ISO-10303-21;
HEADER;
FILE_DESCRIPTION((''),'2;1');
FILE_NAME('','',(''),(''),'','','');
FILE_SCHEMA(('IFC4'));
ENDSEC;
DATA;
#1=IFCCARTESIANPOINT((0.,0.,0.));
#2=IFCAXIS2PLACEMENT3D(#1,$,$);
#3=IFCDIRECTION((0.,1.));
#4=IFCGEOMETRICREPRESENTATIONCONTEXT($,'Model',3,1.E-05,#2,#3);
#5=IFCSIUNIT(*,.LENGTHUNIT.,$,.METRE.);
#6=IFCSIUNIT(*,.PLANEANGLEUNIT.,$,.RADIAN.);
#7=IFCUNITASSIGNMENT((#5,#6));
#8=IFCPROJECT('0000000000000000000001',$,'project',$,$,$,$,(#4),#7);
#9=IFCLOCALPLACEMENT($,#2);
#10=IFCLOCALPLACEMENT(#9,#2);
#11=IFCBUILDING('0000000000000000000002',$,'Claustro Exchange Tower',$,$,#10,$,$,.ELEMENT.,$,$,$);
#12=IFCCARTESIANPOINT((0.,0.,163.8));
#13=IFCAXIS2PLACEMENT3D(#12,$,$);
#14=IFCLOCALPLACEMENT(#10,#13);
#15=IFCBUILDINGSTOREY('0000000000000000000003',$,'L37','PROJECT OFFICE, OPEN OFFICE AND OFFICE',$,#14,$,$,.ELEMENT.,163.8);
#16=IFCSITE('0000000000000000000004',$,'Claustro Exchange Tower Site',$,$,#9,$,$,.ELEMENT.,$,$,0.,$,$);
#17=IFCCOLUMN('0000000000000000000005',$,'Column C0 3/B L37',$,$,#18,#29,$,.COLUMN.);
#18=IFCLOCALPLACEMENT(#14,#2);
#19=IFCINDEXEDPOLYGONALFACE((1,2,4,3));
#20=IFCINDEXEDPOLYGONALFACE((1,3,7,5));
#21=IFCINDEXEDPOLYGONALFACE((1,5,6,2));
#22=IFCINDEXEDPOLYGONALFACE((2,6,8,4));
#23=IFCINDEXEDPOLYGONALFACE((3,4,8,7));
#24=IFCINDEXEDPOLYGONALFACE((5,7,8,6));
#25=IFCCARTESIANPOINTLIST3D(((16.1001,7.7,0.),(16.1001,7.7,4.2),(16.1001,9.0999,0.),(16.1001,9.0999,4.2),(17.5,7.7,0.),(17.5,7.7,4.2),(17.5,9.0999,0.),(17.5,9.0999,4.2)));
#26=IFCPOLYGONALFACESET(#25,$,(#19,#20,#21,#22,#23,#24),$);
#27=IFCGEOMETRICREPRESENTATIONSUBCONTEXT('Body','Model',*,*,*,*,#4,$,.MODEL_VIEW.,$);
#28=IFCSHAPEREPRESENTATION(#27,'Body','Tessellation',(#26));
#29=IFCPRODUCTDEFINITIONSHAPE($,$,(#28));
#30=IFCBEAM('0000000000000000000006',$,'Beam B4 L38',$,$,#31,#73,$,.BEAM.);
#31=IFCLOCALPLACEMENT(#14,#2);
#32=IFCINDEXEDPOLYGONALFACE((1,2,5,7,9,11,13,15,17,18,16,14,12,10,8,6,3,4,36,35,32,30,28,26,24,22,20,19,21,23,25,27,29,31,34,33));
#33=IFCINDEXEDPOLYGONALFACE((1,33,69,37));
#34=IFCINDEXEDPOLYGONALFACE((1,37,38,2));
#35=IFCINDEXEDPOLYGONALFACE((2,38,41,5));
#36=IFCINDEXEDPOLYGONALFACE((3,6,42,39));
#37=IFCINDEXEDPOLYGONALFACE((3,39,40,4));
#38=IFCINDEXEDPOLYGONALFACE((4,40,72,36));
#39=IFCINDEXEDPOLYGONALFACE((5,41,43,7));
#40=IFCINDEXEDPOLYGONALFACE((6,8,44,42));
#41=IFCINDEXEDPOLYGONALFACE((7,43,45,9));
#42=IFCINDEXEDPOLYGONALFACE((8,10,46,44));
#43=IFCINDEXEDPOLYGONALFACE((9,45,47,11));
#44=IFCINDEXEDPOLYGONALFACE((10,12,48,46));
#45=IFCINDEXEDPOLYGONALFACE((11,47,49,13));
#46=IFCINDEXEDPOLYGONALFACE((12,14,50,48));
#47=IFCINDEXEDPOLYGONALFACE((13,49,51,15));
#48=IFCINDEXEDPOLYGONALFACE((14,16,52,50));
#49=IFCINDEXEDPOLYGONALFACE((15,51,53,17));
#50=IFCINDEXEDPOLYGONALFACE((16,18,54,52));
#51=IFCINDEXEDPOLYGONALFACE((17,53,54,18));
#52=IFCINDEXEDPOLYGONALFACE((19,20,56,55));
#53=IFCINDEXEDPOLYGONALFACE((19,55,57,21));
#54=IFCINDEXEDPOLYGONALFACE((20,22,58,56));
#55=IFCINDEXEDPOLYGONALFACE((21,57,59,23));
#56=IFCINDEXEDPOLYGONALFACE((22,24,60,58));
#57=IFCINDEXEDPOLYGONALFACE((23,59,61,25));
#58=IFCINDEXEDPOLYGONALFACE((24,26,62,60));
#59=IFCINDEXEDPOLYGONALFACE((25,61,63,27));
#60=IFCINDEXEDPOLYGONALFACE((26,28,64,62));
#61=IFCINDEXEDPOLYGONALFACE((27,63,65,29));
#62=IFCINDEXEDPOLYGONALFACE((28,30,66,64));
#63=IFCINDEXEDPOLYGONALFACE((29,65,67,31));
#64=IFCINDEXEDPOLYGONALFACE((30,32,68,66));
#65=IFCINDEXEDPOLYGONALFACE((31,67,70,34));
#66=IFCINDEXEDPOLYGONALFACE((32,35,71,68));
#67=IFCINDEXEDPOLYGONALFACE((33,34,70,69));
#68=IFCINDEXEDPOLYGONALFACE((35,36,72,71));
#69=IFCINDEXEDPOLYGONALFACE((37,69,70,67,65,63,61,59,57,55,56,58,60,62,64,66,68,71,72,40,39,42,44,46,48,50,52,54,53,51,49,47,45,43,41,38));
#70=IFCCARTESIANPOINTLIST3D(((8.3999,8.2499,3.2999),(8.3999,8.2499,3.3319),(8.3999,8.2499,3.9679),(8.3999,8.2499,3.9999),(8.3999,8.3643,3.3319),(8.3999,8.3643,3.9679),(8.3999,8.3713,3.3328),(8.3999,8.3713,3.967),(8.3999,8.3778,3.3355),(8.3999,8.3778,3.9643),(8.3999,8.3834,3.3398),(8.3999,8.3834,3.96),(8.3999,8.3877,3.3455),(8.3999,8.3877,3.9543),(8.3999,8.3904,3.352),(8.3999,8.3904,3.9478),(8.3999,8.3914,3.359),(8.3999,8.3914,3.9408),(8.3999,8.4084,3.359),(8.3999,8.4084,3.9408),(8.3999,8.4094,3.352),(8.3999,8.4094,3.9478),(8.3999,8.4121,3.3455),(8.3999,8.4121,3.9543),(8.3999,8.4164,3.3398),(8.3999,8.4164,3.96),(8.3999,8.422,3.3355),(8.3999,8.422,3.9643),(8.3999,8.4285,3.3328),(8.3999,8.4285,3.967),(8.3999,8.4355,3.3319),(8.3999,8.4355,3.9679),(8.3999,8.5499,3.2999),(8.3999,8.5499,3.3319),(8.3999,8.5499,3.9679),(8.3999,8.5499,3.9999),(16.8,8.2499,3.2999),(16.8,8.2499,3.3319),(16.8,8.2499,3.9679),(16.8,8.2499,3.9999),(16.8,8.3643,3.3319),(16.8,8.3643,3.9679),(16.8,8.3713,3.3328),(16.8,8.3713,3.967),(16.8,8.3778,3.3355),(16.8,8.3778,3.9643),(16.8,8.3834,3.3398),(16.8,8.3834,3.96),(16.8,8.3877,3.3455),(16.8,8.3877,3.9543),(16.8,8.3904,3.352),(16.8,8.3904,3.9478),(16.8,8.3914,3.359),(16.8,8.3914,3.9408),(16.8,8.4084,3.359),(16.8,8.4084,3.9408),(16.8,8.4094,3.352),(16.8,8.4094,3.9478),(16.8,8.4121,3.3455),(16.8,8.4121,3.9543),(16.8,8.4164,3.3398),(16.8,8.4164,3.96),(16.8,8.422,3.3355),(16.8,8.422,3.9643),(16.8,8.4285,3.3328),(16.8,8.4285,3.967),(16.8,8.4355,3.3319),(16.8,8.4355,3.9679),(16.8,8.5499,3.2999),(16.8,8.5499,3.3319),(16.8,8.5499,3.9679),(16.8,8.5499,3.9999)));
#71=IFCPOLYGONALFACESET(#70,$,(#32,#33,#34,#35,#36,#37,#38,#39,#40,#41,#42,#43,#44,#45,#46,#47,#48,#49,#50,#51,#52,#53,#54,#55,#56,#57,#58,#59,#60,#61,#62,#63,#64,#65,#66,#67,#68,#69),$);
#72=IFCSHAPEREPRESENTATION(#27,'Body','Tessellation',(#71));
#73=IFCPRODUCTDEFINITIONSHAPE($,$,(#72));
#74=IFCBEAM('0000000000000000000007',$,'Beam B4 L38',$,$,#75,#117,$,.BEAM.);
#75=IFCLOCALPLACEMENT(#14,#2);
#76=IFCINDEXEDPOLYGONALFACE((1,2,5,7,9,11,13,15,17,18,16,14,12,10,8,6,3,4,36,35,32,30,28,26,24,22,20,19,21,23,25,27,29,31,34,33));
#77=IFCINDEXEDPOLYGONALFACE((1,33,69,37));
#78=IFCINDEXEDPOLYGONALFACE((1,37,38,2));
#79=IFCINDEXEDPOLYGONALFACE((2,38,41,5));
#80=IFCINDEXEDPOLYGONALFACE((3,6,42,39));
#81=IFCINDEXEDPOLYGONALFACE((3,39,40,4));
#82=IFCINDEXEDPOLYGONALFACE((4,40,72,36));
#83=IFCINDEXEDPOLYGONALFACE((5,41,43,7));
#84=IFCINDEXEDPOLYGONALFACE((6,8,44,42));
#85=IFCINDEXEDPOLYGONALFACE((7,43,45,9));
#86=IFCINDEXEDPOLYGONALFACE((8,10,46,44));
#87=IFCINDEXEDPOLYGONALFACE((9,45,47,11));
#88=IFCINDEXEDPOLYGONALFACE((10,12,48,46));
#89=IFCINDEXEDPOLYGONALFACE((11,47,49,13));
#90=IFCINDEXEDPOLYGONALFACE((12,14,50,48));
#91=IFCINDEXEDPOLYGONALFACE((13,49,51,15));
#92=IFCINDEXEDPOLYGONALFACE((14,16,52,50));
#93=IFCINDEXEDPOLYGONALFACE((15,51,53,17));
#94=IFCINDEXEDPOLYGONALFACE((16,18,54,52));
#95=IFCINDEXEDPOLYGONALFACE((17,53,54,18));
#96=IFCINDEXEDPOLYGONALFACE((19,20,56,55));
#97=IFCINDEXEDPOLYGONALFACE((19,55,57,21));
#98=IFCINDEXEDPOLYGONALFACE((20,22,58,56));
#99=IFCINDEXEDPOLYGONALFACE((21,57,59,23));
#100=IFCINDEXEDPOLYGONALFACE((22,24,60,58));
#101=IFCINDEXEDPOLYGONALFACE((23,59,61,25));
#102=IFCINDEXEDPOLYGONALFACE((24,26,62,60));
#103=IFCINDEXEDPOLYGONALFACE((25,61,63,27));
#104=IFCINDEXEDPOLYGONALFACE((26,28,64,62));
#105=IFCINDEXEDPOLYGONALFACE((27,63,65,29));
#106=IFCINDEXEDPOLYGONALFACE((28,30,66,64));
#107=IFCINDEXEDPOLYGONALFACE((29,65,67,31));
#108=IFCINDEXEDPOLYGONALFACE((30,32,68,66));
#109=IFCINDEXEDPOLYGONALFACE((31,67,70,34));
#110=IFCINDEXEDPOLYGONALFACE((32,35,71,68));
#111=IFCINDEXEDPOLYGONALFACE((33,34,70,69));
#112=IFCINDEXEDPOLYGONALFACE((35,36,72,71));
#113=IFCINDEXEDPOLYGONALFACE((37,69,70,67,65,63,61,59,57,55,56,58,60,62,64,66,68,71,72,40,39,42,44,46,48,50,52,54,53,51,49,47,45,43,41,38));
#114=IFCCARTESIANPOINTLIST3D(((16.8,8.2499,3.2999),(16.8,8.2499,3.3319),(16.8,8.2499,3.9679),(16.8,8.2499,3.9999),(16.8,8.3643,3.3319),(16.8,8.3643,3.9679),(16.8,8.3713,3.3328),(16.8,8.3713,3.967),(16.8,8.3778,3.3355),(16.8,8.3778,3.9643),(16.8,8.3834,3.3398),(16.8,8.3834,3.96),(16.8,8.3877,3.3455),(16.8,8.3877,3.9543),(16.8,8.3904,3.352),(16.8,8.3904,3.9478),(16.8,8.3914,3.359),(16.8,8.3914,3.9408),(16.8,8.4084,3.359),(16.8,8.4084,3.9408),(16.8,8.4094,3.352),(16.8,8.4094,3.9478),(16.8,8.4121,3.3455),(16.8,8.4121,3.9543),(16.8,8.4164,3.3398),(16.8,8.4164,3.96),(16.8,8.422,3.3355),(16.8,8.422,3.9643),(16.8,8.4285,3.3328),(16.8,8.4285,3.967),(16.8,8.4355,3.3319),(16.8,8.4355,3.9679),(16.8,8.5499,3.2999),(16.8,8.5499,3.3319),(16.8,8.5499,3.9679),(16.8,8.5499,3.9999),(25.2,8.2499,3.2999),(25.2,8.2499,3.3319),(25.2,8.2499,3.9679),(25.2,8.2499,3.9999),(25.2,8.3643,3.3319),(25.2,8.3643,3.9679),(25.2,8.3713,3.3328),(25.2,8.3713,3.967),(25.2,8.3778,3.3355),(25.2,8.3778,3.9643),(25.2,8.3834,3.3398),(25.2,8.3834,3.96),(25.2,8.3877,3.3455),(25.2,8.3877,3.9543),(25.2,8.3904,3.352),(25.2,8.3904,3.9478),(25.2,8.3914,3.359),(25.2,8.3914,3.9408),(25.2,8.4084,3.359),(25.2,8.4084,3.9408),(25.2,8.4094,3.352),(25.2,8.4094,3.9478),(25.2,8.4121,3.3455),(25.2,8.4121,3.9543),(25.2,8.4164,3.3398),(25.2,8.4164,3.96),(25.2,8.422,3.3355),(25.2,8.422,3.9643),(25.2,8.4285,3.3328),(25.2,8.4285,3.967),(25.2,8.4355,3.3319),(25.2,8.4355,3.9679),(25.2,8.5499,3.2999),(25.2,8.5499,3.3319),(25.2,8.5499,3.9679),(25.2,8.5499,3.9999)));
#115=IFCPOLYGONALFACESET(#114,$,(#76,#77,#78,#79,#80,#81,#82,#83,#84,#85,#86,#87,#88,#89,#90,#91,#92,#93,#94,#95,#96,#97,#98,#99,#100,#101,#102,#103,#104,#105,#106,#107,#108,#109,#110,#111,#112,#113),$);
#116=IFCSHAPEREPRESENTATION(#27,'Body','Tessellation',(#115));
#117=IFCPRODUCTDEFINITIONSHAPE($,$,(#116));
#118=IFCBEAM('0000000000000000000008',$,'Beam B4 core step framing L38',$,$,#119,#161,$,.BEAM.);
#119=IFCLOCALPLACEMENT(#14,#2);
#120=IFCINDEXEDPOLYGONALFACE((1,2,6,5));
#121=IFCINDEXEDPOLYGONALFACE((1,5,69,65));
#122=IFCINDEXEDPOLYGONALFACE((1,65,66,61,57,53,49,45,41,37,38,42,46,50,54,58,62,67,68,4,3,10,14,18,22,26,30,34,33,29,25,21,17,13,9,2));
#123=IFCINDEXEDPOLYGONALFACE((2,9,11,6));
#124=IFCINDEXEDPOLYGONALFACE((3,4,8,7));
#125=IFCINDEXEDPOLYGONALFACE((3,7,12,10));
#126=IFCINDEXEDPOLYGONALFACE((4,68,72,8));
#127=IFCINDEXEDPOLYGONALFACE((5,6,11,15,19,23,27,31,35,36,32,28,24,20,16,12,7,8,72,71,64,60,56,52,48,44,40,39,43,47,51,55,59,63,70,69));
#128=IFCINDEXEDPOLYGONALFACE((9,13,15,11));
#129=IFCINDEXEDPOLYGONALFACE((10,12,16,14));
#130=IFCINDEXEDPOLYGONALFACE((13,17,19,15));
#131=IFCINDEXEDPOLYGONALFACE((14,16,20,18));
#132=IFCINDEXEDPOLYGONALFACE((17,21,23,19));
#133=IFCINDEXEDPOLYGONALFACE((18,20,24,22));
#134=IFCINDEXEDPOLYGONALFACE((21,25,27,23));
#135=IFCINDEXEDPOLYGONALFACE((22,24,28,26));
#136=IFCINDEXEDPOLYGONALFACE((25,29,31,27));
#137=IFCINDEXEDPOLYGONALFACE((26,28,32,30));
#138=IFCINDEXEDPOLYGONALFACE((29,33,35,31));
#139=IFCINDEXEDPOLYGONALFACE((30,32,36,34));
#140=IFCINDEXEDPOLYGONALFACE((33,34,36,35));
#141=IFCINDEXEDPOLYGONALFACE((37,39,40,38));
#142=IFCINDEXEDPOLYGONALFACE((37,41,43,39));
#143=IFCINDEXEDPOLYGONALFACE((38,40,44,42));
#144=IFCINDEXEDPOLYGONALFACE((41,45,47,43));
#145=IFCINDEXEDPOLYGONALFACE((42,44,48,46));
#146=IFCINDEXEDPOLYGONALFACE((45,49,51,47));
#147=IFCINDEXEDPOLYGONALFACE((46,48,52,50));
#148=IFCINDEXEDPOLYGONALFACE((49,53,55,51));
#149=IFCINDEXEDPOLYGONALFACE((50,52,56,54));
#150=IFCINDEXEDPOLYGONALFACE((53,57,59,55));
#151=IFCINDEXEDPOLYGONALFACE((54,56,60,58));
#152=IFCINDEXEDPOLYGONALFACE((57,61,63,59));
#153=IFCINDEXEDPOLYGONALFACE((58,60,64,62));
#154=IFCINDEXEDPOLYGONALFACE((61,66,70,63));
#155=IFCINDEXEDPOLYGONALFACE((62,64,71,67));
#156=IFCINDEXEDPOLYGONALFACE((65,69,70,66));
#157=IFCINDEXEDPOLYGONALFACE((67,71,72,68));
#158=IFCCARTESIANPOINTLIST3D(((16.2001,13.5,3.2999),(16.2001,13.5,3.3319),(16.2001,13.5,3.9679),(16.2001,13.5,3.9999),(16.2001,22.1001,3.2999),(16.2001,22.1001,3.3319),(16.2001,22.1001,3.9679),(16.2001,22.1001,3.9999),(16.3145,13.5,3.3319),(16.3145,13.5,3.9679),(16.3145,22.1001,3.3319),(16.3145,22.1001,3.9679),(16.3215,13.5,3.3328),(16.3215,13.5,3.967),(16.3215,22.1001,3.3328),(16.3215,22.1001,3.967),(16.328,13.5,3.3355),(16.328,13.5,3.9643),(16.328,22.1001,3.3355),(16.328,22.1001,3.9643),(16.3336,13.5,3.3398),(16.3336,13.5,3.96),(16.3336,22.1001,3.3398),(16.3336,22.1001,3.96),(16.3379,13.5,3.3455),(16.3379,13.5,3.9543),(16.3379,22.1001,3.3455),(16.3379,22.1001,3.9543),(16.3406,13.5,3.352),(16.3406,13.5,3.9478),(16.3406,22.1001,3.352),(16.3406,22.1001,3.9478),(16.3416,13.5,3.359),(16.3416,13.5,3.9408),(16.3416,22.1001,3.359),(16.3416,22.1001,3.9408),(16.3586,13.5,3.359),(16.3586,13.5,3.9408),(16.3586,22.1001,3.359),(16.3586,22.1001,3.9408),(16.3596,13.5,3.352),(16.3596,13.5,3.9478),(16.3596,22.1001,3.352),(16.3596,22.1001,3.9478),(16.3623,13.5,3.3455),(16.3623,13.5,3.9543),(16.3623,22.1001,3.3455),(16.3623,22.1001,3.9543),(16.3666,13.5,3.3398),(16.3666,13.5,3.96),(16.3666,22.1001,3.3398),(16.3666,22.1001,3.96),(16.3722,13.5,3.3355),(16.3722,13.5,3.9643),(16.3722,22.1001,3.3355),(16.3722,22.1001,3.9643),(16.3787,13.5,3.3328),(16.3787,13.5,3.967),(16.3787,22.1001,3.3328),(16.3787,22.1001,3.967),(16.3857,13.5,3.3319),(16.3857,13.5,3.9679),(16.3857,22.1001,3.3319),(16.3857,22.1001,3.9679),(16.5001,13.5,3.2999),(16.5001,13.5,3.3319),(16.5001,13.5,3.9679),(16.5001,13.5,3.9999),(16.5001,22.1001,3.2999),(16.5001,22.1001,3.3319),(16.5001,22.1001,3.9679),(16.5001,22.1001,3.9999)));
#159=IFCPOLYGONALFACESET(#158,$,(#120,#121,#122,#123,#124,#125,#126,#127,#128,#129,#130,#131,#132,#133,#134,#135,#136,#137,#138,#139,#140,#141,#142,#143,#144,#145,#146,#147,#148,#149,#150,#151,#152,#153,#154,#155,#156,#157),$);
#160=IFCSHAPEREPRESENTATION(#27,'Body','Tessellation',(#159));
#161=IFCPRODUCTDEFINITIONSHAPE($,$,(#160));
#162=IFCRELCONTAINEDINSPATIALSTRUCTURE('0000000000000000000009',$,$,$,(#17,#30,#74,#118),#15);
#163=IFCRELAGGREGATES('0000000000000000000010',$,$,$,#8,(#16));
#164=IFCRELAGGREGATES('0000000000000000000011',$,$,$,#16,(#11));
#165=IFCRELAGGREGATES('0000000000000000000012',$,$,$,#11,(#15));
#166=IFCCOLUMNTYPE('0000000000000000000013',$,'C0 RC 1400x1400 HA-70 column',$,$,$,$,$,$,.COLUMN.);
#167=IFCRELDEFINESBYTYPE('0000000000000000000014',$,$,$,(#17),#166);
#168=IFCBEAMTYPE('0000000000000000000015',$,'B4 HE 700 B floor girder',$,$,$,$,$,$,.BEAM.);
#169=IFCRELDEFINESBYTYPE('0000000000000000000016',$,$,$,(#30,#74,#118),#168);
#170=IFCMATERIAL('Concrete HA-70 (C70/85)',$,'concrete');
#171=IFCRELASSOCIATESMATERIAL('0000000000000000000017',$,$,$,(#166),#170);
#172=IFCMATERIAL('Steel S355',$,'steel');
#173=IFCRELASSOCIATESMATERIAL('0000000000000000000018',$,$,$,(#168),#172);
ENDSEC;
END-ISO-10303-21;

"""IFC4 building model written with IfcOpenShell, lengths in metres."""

from ifc_helpers import new_model, si_unit, direction, frame, origin, origin_2d, place, context, subcontext, project, spatial, rectangle, i_section, extrude, material, material_profile, profile_set, type_object, element, save


model = new_model("IFC4")

# Units and contexts
model_context = context("Model", 3, precision=1e-05, world=origin(), true_north=direction((0.0, 1.0)))
body_context = subcontext(model_context, "Body", "Model", "MODEL_VIEW")
ifc_project = project(units=[si_unit("LENGTHUNIT", "METRE"), si_unit("PLANEANGLEUNIT", "RADIAN")], contexts=[model_context])

# Site, building, storey
site_placement = place(None, origin())
site = spatial("IfcSite", under=ifc_project, at=site_placement, Name="Claustro Exchange Tower Site", CompositionType="ELEMENT", RefElevation=0.0)
building_placement = place(site_placement, origin())
building = spatial("IfcBuilding", under=site, at=building_placement, Name="Claustro Exchange Tower", CompositionType="ELEMENT")
storey_placement = place(building_placement, frame((0.0, 0.0, 163.8)))
storey = spatial("IfcBuildingStorey", under=building, at=storey_placement, Name="L37", Description="PROJECT OFFICE, OPEN OFFICE AND OFFICE", CompositionType="ELEMENT", Elevation=163.8)

# Column
ifc_material_1 = material(Name="Concrete HA-70 (C70/85)", Category="concrete")
ifc_material_profile_1 = material_profile(ifc_material_1, rectangle(XDim=1.3999, YDim=1.3999, at=origin_2d()), Name="RC 1400x1400")
ifc_profile_set_1 = profile_set([ifc_material_profile_1], Name="Concrete HA-70 (C70/85)")
column_type = type_object("IfcColumnType", Name="C0 RC 1400x1400 HA-70 column", PredefinedType="COLUMN", material=ifc_profile_set_1)
column_placement = place(storey_placement, frame((16.8, 8.3999, 0.0), z_axis=(0.0, 0.0, 1.0), x_axis=(1.0, 0.0, 0.0)))
element("IfcColumn", 1, at=column_placement, inside=storey, type_object=column_type, Name="Column C0 3/B L37", PredefinedType="COLUMN", context=body_context, shape_type="SweptSolid", body=[
    extrude(rectangle(XDim=1.3999, YDim=1.3999, at=origin_2d()), origin(), (0.0, 0.0, 1.0), 4.2),
])

# Beams
ifc_material_2 = material(Name="Steel S355", Category="steel")
ifc_material_profile_2 = material_profile(ifc_material_2, i_section(OverallWidth=0.3, OverallDepth=0.7, WebThickness=0.0171, FlangeThickness=0.032, FilletRadius=0.0271, at=origin_2d()), Name="HE 700 B")
ifc_profile_set_2 = profile_set([ifc_material_profile_2], Name="Steel S355")
beam_type_1 = type_object("IfcBeamType", Name="B4 HE 700 B floor girder", PredefinedType="BEAM", material=ifc_profile_set_2)
beam_1_placement = place(storey_placement, frame((8.3999, 8.3999, 3.6499), z_axis=(1.0, 0.0, 0.0), x_axis=(0.0, 1.0, 0.0)))
element("IfcBeam", 2, at=beam_1_placement, inside=storey, type_object=beam_type_1, Name="Beam B4 L38", PredefinedType="BEAM", context=body_context, shape_type="SweptSolid", body=[
    extrude(i_section(OverallWidth=0.3, OverallDepth=0.7, WebThickness=0.0171, FlangeThickness=0.032, FilletRadius=0.0271, at=origin_2d()), origin(), (0.0, 0.0, 1.0), 8.4001),
])
beam_2_placement = place(storey_placement, frame((16.8, 8.3999, 3.6499), z_axis=(1.0, 0.0, 0.0), x_axis=(0.0, 1.0, 0.0)))
element("IfcBeam", 3, at=beam_2_placement, inside=storey, type_object=beam_type_1, Name="Beam B4 L38", PredefinedType="BEAM", context=body_context, shape_type="SweptSolid", body=[
    extrude(i_section(OverallWidth=0.3, OverallDepth=0.7, WebThickness=0.0171, FlangeThickness=0.032, FilletRadius=0.0271, at=origin_2d()), origin(), (0.0, 0.0, 1.0), 8.3999),
])
beam_3_placement = place(storey_placement, frame((16.3501, 13.5, 3.6499), z_axis=(0.0, 1.0, 0.0), x_axis=(-1.0, 0.0, 0.0)))
element("IfcBeam", 4, at=beam_3_placement, inside=storey, type_object=beam_type_1, Name="Beam B4 core step framing L38", PredefinedType="BEAM", context=body_context, shape_type="SweptSolid", body=[
    extrude(i_section(OverallWidth=0.3, OverallDepth=0.7, WebThickness=0.0171, FlangeThickness=0.032, FilletRadius=0.0271, at=origin_2d()), origin(), (0.0, 0.0, 1.0), 8.6001),
])

save(model, "model.ifc")
